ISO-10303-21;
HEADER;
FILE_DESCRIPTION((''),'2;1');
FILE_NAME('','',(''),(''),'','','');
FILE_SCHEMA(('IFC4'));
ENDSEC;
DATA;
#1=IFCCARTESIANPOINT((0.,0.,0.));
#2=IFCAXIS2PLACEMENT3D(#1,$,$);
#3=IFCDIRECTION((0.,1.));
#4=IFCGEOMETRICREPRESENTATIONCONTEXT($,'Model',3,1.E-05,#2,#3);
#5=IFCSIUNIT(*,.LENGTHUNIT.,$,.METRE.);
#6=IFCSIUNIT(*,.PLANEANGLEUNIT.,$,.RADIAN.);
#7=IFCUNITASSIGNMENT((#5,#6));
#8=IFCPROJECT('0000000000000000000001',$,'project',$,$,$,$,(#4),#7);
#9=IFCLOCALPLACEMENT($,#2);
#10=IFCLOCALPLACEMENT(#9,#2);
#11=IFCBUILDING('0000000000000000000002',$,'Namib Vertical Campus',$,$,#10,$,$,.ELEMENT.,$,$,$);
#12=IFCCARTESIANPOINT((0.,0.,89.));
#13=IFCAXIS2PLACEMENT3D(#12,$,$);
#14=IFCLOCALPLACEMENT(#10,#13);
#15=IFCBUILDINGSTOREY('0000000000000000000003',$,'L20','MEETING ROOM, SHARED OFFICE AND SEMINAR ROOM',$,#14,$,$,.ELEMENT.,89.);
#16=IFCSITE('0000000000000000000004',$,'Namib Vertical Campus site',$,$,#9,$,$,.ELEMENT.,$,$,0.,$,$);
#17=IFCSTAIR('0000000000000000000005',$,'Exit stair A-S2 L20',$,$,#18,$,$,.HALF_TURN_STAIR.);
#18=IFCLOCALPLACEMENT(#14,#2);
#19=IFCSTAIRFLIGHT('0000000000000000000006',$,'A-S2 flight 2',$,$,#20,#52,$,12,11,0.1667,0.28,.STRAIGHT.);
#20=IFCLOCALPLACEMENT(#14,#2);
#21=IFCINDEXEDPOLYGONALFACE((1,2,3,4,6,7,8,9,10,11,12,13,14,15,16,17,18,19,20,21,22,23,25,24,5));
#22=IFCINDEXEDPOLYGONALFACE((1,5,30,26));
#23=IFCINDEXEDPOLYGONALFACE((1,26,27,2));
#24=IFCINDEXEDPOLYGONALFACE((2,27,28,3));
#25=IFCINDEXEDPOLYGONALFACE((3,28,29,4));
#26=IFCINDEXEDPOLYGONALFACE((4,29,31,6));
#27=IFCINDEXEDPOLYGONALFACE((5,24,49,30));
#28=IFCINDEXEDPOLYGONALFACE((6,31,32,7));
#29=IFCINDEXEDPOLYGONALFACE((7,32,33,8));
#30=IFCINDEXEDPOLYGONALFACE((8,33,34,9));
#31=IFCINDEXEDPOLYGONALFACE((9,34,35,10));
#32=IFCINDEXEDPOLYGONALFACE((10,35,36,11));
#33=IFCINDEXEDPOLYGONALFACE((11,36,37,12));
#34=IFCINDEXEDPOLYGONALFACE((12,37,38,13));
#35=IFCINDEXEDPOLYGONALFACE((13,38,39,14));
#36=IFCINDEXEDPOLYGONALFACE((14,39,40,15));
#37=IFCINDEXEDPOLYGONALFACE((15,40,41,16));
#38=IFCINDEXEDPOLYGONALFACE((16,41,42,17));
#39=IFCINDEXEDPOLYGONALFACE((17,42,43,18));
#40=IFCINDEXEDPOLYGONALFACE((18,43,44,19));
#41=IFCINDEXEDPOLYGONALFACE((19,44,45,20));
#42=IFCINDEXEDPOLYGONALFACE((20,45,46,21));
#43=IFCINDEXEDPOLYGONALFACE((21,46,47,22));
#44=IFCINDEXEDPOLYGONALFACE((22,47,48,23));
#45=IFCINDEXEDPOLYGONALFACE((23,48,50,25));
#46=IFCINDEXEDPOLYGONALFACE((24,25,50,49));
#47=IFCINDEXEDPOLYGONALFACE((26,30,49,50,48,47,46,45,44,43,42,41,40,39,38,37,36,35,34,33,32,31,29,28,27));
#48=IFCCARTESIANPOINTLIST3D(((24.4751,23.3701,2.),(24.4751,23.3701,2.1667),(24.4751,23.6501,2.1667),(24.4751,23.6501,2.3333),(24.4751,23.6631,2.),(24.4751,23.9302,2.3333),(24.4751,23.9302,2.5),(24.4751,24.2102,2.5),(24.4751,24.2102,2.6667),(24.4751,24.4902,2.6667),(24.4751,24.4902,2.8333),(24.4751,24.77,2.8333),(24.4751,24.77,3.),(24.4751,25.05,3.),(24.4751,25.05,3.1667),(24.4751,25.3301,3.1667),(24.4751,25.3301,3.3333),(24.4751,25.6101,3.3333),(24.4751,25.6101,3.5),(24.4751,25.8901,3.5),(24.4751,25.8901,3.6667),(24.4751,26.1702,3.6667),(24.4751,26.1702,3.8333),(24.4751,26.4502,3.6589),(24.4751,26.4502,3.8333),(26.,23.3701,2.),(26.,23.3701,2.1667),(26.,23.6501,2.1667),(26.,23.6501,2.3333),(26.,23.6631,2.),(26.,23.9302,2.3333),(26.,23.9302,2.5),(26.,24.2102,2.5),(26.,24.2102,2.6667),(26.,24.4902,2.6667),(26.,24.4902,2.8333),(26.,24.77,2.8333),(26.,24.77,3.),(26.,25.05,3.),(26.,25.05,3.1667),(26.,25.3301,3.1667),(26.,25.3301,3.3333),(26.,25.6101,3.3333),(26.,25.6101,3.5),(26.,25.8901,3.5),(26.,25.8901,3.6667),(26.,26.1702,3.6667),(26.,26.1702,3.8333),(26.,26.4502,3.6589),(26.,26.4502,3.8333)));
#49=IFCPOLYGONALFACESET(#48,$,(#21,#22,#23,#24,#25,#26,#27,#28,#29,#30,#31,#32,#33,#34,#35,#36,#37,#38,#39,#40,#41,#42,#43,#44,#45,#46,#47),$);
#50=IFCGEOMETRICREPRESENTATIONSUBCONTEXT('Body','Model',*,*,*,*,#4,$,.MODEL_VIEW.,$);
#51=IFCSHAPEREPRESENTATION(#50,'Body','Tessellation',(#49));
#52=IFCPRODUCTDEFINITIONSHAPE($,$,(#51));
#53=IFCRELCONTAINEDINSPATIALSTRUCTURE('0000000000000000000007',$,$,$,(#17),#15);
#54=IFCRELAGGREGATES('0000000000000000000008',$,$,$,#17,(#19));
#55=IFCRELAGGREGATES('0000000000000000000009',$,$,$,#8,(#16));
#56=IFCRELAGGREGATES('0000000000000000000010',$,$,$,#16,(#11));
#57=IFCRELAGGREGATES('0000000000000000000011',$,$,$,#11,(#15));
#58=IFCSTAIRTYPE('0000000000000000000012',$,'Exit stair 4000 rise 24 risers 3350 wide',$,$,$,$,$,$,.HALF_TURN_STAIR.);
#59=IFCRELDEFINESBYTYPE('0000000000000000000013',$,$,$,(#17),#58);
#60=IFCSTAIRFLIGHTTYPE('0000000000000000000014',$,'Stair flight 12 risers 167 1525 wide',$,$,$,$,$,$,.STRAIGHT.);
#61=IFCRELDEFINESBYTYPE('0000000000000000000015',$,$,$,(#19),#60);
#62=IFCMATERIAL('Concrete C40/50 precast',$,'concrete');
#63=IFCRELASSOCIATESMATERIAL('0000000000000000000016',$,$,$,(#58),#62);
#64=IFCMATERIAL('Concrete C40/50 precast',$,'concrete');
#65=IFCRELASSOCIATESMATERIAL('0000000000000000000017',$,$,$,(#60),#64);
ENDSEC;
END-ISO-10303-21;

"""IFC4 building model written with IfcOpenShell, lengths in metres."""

from ifc_helpers import new_model, si_unit, direction, frame, origin, place, context, subcontext, project, spatial, polyline, outline, extrude, material, type_object, element, aggregate, save


model = new_model("IFC4")

# Units and contexts
model_context = context("Model", 3, precision=1e-05, world=origin(), true_north=direction((0.0, 1.0)))
body_context = subcontext(model_context, "Body", "Model", "MODEL_VIEW")
ifc_project = project(units=[si_unit("LENGTHUNIT", "METRE"), si_unit("PLANEANGLEUNIT", "RADIAN")], contexts=[model_context])

# Site, building, storey
site_placement = place(None, origin())
site = spatial("IfcSite", under=ifc_project, at=site_placement, Name="Namib Vertical Campus site", CompositionType="ELEMENT", RefElevation=0.0)
building_placement = place(site_placement, origin())
building = spatial("IfcBuilding", under=site, at=building_placement, Name="Namib Vertical Campus", CompositionType="ELEMENT")
storey_placement = place(building_placement, frame((0.0, 0.0, 89.0)))
storey = spatial("IfcBuildingStorey", under=building, at=storey_placement, Name="L20", Description="MEETING ROOM, SHARED OFFICE AND SEMINAR ROOM", CompositionType="ELEMENT", Elevation=89.0)

# Stair, stair flight
ifc_material_1 = material(Name="Concrete C40/50 precast", Category="concrete")
stair_type = type_object("IfcStairType", Name="Exit stair 4000 rise 24 risers 3350 wide", PredefinedType="HALF_TURN_STAIR", material=ifc_material_1)
stair_placement = place(storey_placement, origin())
stair = element("IfcStair", 1, at=stair_placement, inside=storey, type_object=stair_type, Name="Exit stair A-S2 L20", PredefinedType="HALF_TURN_STAIR")
ifc_material_2 = material(Name="Concrete C40/50 precast", Category="concrete")
stair_flight_type = type_object("IfcStairFlightType", Name="Stair flight 12 risers 167 1525 wide", PredefinedType="STRAIGHT", material=ifc_material_2)
stair_flight_1_placement = place(storey_placement, frame((25.2375, 23.3701, 2.0), z_axis=(0.0, 0.0, 1.0), x_axis=(0.0, 1.0, 0.0)))
stair_flight_1 = element("IfcStairFlight", 2, at=stair_flight_1_placement, type_object=stair_flight_type, Name="A-S2 flight 2", NumberOfRisers=12, NumberOfTreads=11, PredefinedType="STRAIGHT", RiserHeight=0.1667, TreadLength=0.28, context=body_context, shape_type="SweptSolid", body=[
    extrude(outline(polyline([(0.0, 0.0), (0.0, 0.1667), (0.28, 0.1667), (0.28, 0.3333), (0.5601, 0.3333), (0.5601, 0.5), (0.8401, 0.5), (0.8401, 0.6667), (1.1201, 0.6667), (1.1201, 0.8333), (1.3999, 0.8333), (1.3999, 1.0), (1.6799, 1.0), (1.6799, 1.1667), (1.96, 1.1667), (1.96, 1.3333), (2.24, 1.3333), (2.24, 1.5), (2.52, 1.5), (2.52, 1.6667), (2.8, 1.6667), (2.8, 1.8333), (3.0801, 1.8333), (3.0801, 2.0), (3.0801, 1.6589), (0.293, 0.0), (0.0, 0.0)])), frame((0.0, 0.7625, 0.0), z_axis=(0.0, -1.0, 0.0), x_axis=(1.0, 0.0, 0.0)), (0.0, 0.0, 1.0), 1.5249),
])
aggregate(stair, [stair_flight_1])

save(model, "model.ifc")
